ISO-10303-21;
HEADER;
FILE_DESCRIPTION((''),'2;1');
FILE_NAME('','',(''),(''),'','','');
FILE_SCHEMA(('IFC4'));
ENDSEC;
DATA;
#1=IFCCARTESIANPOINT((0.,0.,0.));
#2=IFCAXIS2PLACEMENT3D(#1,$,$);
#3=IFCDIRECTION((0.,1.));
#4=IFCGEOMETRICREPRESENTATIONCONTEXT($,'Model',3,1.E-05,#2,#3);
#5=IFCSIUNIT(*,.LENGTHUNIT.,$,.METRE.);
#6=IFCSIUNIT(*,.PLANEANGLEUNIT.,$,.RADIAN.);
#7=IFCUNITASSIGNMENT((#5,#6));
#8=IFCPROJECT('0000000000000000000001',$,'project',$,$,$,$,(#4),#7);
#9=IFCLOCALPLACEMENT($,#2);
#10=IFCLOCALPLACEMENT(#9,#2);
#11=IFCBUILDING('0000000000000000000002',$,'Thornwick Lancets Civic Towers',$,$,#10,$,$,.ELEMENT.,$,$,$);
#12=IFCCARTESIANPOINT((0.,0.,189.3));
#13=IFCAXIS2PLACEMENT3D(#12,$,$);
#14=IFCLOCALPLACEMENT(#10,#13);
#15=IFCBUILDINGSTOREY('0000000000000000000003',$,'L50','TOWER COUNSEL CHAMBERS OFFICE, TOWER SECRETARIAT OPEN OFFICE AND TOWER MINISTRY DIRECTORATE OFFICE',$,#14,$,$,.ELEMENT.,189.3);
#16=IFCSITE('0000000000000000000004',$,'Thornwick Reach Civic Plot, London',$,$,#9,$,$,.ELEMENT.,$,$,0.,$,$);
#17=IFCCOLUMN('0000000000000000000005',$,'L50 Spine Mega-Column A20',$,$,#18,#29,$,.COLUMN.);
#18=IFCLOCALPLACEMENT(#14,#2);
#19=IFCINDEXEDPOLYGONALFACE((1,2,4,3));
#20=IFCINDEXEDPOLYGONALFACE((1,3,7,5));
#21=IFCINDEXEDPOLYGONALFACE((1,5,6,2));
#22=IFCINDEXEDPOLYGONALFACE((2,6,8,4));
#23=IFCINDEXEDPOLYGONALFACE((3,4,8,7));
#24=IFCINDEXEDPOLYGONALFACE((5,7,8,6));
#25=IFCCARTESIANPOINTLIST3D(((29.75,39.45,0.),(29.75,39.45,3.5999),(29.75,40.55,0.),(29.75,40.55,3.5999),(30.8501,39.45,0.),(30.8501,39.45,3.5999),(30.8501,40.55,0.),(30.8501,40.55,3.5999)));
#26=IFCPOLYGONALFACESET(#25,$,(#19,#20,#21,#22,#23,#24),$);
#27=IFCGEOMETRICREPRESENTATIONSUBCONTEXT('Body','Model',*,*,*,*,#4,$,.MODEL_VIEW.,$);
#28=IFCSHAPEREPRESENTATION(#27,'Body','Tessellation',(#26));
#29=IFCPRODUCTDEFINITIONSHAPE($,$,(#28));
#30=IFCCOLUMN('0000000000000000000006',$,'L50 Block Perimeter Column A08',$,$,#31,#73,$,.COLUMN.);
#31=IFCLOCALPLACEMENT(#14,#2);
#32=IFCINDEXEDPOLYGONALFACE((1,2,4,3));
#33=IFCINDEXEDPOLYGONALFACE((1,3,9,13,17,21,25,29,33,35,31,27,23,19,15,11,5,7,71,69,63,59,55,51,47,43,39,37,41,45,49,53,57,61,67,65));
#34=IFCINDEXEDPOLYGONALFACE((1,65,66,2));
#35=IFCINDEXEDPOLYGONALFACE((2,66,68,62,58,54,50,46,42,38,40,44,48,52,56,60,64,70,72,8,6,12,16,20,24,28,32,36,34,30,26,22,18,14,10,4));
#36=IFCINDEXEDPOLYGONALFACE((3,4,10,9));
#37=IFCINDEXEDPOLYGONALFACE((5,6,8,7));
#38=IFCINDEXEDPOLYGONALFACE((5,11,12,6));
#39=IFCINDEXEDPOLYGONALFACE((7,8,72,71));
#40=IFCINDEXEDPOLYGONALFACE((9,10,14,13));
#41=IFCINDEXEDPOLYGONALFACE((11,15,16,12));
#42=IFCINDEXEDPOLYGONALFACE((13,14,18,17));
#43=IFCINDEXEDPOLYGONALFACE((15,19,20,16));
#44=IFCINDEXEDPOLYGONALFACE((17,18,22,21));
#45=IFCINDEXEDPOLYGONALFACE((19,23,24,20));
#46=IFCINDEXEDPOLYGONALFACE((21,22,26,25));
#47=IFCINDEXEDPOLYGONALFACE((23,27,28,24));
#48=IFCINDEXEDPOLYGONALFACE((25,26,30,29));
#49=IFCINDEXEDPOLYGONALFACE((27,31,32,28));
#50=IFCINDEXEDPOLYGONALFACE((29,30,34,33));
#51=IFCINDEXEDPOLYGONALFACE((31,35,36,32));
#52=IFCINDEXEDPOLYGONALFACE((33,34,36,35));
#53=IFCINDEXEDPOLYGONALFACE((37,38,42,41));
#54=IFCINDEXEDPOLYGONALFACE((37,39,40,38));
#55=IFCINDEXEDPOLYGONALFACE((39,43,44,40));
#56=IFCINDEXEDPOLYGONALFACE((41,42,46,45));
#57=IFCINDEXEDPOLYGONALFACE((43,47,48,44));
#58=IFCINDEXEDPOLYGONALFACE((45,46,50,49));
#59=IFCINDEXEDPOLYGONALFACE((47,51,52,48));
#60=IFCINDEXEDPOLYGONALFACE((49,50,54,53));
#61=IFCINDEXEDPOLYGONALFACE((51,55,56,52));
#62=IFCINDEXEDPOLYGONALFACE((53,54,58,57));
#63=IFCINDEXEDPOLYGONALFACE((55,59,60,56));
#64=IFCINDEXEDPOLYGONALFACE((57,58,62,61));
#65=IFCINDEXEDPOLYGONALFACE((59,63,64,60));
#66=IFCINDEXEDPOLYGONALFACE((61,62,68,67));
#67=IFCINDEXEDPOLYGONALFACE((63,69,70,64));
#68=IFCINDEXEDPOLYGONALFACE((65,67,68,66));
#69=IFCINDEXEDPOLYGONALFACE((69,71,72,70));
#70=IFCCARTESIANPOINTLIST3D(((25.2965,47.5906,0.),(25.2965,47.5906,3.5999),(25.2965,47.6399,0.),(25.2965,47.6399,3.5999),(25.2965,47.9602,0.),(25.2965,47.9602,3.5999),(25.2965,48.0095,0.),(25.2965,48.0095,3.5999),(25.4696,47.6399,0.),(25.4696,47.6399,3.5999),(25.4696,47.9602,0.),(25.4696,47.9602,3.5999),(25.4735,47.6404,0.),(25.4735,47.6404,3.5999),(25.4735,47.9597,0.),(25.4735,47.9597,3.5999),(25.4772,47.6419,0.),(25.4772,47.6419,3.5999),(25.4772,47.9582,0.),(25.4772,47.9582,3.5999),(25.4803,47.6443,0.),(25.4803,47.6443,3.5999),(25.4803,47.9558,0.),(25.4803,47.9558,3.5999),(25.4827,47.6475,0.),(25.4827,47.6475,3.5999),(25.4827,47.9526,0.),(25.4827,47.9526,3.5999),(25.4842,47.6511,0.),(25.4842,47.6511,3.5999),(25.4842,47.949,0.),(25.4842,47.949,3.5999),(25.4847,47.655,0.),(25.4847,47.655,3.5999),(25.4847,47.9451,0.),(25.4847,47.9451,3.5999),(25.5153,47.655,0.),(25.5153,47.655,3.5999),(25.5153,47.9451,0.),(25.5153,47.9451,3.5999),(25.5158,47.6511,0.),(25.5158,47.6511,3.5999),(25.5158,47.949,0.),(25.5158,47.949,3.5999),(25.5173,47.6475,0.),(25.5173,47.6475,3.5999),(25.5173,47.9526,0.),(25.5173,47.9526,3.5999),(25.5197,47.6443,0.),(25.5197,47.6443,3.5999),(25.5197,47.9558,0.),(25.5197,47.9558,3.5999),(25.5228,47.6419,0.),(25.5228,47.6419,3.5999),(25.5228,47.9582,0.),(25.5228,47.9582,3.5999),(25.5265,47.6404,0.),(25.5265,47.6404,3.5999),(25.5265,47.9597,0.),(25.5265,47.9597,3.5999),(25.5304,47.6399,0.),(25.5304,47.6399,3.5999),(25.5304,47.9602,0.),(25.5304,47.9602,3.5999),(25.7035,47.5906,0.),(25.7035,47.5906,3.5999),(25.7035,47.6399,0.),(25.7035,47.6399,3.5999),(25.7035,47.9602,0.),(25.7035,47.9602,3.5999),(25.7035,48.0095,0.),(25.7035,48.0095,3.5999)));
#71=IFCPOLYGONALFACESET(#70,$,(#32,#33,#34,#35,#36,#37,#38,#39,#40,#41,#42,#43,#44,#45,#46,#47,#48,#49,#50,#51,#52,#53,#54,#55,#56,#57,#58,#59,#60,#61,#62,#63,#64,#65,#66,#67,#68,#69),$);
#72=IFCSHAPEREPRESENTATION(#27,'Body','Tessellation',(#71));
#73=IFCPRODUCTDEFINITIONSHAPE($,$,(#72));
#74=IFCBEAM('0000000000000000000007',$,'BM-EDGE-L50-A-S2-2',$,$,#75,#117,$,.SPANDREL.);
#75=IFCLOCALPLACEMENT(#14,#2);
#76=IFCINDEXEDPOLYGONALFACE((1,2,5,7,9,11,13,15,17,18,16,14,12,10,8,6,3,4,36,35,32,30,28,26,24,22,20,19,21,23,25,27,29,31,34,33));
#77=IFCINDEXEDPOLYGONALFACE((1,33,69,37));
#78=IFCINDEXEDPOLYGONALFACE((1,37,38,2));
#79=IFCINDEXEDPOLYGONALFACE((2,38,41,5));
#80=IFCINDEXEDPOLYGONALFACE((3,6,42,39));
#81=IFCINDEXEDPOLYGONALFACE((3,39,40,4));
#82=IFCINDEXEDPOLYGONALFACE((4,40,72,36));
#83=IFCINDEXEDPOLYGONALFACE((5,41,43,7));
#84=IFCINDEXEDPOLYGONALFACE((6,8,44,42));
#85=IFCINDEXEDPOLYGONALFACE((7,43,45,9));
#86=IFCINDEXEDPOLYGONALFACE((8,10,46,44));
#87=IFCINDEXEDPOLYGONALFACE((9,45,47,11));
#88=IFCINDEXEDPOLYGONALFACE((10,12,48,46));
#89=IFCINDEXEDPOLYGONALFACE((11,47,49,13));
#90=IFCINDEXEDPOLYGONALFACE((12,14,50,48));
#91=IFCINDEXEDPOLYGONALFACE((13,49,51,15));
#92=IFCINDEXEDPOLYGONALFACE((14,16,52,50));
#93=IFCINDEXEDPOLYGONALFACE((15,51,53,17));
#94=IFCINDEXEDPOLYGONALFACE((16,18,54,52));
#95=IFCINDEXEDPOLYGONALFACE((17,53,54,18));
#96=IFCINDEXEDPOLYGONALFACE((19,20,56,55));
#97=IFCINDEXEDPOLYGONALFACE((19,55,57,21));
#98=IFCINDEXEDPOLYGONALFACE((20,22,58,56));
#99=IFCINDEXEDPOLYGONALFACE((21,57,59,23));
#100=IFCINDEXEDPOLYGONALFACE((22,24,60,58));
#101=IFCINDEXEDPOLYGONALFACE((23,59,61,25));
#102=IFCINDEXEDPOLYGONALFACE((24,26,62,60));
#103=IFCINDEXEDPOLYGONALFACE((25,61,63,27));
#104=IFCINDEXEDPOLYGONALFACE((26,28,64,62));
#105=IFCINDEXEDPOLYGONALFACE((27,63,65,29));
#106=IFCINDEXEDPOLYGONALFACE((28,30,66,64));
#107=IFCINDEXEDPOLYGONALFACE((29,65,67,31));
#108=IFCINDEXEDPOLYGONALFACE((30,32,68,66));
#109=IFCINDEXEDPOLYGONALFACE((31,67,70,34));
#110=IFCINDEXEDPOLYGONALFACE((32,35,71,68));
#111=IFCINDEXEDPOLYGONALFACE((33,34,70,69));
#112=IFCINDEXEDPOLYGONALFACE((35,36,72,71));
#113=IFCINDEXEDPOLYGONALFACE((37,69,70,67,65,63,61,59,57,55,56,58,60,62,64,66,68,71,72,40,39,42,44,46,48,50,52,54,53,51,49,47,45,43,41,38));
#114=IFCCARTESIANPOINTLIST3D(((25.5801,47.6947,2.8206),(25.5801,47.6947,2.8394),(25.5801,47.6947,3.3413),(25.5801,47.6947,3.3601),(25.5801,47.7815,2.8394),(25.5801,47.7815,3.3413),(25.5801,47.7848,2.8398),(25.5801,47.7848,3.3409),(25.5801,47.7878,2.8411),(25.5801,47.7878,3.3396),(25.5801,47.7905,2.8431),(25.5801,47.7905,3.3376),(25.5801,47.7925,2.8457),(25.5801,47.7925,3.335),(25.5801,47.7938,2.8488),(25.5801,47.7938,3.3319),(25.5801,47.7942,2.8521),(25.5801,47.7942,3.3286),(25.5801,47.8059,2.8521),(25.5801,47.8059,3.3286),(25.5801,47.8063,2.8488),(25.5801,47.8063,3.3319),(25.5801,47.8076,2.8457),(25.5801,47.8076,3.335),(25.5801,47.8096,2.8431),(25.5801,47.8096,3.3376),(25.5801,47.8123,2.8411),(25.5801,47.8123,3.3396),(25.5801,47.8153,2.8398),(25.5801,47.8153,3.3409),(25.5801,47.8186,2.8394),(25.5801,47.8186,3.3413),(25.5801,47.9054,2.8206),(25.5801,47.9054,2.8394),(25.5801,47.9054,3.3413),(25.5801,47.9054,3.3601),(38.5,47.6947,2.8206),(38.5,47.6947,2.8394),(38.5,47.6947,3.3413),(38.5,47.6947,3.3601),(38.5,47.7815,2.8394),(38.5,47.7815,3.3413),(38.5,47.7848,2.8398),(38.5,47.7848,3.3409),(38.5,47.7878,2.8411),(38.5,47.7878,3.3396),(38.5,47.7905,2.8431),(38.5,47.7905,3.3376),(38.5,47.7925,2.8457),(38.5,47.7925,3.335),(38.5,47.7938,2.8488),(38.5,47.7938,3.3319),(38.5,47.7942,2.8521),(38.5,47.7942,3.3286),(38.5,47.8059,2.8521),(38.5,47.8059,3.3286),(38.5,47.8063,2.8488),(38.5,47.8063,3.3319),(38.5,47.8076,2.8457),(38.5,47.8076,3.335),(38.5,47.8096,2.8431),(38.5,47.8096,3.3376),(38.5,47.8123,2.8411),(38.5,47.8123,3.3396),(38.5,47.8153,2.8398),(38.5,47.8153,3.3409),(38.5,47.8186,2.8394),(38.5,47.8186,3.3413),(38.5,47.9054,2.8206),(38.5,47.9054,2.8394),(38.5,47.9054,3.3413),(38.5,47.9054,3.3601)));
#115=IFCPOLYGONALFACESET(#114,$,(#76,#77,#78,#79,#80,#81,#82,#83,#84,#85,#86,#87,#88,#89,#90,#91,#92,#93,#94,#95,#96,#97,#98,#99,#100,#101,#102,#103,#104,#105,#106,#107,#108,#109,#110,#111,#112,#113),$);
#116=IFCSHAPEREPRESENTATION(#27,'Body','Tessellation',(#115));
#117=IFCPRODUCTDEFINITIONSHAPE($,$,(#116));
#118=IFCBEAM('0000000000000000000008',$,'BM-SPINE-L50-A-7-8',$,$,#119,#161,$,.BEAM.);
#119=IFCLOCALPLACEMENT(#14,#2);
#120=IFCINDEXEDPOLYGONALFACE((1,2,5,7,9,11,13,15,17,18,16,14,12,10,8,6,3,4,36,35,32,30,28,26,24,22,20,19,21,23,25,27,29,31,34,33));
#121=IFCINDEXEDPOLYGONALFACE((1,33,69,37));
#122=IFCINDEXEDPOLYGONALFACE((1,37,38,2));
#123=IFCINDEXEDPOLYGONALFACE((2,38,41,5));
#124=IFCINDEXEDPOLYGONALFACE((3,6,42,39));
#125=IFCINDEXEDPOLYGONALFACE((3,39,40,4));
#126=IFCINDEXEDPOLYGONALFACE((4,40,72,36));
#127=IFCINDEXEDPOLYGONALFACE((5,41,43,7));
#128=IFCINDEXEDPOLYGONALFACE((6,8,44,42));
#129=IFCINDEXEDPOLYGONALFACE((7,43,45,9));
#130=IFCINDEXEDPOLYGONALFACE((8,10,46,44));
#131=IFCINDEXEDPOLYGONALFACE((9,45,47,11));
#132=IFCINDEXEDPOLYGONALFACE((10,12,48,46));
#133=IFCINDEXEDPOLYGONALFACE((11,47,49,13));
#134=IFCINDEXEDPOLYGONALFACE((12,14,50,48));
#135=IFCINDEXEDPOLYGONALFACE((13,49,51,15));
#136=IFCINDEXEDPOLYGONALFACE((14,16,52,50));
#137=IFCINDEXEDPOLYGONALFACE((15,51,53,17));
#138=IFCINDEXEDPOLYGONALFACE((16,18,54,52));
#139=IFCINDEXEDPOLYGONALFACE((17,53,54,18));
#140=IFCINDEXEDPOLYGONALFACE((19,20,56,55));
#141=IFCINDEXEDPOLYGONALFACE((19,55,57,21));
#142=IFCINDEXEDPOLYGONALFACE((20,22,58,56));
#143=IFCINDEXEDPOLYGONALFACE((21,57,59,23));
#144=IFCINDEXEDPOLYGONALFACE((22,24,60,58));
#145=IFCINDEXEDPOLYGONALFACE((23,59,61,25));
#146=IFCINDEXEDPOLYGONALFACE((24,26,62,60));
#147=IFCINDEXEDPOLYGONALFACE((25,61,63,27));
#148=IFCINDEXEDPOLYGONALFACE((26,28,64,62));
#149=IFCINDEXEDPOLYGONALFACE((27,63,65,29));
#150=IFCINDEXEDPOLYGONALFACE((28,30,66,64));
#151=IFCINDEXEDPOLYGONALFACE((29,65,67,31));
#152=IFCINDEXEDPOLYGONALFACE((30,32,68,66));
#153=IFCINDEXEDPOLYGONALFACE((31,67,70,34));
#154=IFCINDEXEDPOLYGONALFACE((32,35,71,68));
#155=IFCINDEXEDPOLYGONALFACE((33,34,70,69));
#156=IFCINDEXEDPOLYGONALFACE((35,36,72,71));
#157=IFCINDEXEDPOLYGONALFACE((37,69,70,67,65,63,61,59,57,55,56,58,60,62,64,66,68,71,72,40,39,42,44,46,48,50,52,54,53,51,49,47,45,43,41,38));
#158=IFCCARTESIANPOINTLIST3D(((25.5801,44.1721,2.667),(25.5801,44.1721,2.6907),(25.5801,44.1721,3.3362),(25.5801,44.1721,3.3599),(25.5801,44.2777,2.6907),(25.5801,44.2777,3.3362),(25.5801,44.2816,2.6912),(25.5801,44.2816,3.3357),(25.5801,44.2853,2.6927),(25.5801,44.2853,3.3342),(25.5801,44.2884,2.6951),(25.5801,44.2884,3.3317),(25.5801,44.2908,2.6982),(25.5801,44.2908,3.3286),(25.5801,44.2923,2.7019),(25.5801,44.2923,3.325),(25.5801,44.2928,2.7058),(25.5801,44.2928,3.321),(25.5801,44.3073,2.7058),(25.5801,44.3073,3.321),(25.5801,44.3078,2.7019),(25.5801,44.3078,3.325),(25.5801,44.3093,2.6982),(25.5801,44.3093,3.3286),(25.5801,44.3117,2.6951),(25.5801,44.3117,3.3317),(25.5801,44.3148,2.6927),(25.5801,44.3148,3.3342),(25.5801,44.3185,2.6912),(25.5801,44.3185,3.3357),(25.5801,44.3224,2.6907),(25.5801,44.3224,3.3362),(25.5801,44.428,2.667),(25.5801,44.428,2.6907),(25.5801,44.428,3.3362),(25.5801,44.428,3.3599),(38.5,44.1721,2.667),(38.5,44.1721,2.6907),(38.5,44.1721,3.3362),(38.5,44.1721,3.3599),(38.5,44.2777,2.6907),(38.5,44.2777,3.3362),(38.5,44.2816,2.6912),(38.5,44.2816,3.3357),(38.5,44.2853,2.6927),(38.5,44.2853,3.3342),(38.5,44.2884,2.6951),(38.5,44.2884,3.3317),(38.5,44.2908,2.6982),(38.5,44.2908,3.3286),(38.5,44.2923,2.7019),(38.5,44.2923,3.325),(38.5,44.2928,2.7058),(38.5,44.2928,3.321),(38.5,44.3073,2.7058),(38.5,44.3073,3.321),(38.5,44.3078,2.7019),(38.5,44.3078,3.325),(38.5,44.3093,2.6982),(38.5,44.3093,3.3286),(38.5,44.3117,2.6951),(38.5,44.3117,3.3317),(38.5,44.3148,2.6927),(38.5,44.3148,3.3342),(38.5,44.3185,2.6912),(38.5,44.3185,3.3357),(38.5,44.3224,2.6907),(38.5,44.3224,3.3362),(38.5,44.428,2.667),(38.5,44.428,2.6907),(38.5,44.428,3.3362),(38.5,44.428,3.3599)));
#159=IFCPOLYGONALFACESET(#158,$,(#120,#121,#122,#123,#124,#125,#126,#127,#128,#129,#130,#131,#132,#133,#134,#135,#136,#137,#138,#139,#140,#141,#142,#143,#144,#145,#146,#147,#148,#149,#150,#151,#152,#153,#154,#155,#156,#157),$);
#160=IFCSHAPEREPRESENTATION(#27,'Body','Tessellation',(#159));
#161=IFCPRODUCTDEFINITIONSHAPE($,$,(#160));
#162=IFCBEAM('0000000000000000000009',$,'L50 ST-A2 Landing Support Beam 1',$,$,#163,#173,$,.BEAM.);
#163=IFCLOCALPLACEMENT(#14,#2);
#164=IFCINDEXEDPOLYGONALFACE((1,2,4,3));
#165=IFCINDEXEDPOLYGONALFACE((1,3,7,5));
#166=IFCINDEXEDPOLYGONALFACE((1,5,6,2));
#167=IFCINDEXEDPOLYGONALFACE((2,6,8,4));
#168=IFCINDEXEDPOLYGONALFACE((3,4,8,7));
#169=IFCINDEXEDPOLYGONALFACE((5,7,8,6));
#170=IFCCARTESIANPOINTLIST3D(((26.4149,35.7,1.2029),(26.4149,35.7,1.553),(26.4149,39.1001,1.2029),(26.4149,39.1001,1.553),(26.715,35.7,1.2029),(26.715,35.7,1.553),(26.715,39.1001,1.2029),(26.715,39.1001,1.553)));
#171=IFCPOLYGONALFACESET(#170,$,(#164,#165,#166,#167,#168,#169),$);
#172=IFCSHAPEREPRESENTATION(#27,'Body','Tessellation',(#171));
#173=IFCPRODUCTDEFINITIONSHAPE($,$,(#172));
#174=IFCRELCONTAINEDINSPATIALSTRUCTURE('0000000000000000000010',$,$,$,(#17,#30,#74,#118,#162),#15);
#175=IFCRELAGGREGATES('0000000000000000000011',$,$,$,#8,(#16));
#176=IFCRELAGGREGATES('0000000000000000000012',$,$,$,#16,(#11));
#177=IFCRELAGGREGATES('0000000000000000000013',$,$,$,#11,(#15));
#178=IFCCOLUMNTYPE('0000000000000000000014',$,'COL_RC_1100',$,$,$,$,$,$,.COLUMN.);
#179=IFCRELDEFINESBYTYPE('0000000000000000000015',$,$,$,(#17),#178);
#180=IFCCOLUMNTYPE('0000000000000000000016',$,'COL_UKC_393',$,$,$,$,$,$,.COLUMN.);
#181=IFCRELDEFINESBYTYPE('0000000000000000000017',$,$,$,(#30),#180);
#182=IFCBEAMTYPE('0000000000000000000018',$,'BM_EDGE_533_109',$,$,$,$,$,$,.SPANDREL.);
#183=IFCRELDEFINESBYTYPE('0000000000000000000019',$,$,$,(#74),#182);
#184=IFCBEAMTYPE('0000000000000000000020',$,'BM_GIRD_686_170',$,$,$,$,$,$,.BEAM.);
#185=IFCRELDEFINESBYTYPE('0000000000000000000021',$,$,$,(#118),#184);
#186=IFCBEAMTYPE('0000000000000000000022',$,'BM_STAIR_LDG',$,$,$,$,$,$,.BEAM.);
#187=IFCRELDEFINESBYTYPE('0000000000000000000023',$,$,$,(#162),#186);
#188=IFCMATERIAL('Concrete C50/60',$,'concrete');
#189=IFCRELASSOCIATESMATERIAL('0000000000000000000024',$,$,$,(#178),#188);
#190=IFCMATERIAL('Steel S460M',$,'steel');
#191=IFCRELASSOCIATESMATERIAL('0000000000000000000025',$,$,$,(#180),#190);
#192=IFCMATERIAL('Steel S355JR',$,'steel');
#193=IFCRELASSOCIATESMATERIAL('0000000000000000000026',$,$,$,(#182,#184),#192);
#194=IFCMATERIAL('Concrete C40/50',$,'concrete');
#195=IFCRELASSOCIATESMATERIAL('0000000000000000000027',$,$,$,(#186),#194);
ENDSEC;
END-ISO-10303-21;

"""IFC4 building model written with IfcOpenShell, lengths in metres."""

from ifc_helpers import new_model, si_unit, direction, frame, origin, origin_2d, place, context, subcontext, project, spatial, rectangle, i_section, extrude, material, material_profile, profile_set, type_object, element, save


model = new_model("IFC4")

# Units and contexts
model_context = context("Model", 3, precision=1e-05, world=origin(), true_north=direction((0.0, 1.0)))
body_context = subcontext(model_context, "Body", "Model", "MODEL_VIEW")
ifc_project = project(units=[si_unit("LENGTHUNIT", "METRE"), si_unit("PLANEANGLEUNIT", "RADIAN")], contexts=[model_context])

# Site, building, storey
site_placement = place(None, origin())
site = spatial("IfcSite", under=ifc_project, at=site_placement, Name="Thornwick Reach Civic Plot, London", CompositionType="ELEMENT", RefElevation=0.0)
building_placement = place(site_placement, origin())
building = spatial("IfcBuilding", under=site, at=building_placement, Name="Thornwick Lancets Civic Towers", CompositionType="ELEMENT")
storey_placement = place(building_placement, frame((0.0, 0.0, 189.3)))
storey = spatial("IfcBuildingStorey", under=building, at=storey_placement, Name="L50", Description="TOWER COUNSEL CHAMBERS OFFICE, TOWER SECRETARIAT OPEN OFFICE AND TOWER MINISTRY DIRECTORATE OFFICE", CompositionType="ELEMENT", Elevation=189.3)

# Columns
ifc_material_1 = material(Name="Concrete C50/60", Category="concrete")
ifc_material_profile_1 = material_profile(ifc_material_1, rectangle(XDim=1.1001, YDim=1.1001, at=origin_2d()), Name="RC 1100x1100")
ifc_profile_set_1 = profile_set([ifc_material_profile_1], Name="Concrete C50/60")
column_type_1 = type_object("IfcColumnType", Name="COL_RC_1100", PredefinedType="COLUMN", material=ifc_profile_set_1)
column_1_placement = place(storey_placement, frame((30.3, 40.0, 0.0), z_axis=(0.0, 0.0, 1.0), x_axis=(1.0, 0.0, 0.0)))
element("IfcColumn", 1, at=column_1_placement, inside=storey, type_object=column_type_1, Name="L50 Spine Mega-Column A20", PredefinedType="COLUMN", context=body_context, shape_type="SweptSolid", body=[
    extrude(rectangle(XDim=1.1001, YDim=1.1001, at=origin_2d()), origin(), (0.0, 0.0, 1.0), 3.5999),
])
ifc_material_2 = material(Name="Steel S460M", Category="steel")
ifc_material_profile_2 = material_profile(ifc_material_2, i_section(OverallWidth=0.407, OverallDepth=0.4189, WebThickness=0.0305, FlangeThickness=0.0493, FilletRadius=0.0151, at=origin_2d()), Name="UKC 356x406x393")
ifc_profile_set_2 = profile_set([ifc_material_profile_2], Name="Steel S460M")
column_type_2 = type_object("IfcColumnType", Name="COL_UKC_393", PredefinedType="COLUMN", material=ifc_profile_set_2)
column_2_placement = place(storey_placement, frame((25.5, 47.8, 0.0), z_axis=(0.0, 0.0, 1.0), x_axis=(1.0, 0.0, 0.0)))
element("IfcColumn", 2, at=column_2_placement, inside=storey, type_object=column_type_2, Name="L50 Block Perimeter Column A08", PredefinedType="COLUMN", context=body_context, shape_type="SweptSolid", body=[
    extrude(i_section(OverallWidth=0.407, OverallDepth=0.4189, WebThickness=0.0305, FlangeThickness=0.0493, FilletRadius=0.0151, at=origin_2d()), origin(), (0.0, 0.0, 1.0), 3.5999),
])

# Beams
ifc_material_3 = material(Name="Steel S355JR", Category="steel")
ifc_material_profile_3 = material_profile(ifc_material_3, i_section(OverallWidth=0.2107, OverallDepth=0.5396, WebThickness=0.0117, FlangeThickness=0.0188, FilletRadius=0.0127, at=origin_2d()), Name="UKB 533x210x109")
ifc_profile_set_3 = profile_set([ifc_material_profile_3], Name="Steel S355JR")
beam_type_1 = type_object("IfcBeamType", Name="BM_EDGE_533_109", PredefinedType="SPANDREL", material=ifc_profile_set_3)
beam_1_placement = place(storey_placement, frame((25.5801, 47.8, 3.0903), z_axis=(1.0, 0.0, 0.0), x_axis=(0.0, 1.0, 0.0)))
element("IfcBeam", 3, at=beam_1_placement, inside=storey, type_object=beam_type_1, Name="BM-EDGE-L50-A-S2-2", PredefinedType="SPANDREL", context=body_context, shape_type="SweptSolid", body=[
    extrude(i_section(OverallWidth=0.2107, OverallDepth=0.5396, WebThickness=0.0117, FlangeThickness=0.0188, FilletRadius=0.0127, at=origin_2d()), origin(), (0.0, 0.0, 1.0), 12.9199),
])
ifc_material_profile_4 = material_profile(ifc_material_3, i_section(OverallWidth=0.2559, OverallDepth=0.6929, WebThickness=0.0144, FlangeThickness=0.0237, FilletRadius=0.0151, at=origin_2d()), Name="UKB 686x254x170")
ifc_profile_set_4 = profile_set([ifc_material_profile_4], Name="Steel S355JR")
beam_type_2 = type_object("IfcBeamType", Name="BM_GIRD_686_170", PredefinedType="BEAM", material=ifc_profile_set_4)
beam_2_placement = place(storey_placement, frame((25.5801, 44.3, 3.0134), z_axis=(1.0, 0.0, 0.0), x_axis=(0.0, 1.0, 0.0)))
element("IfcBeam", 4, at=beam_2_placement, inside=storey, type_object=beam_type_2, Name="BM-SPINE-L50-A-7-8", PredefinedType="BEAM", context=body_context, shape_type="SweptSolid", body=[
    extrude(i_section(OverallWidth=0.2559, OverallDepth=0.6929, WebThickness=0.0144, FlangeThickness=0.0237, FilletRadius=0.0151, at=origin_2d()), origin(), (0.0, 0.0, 1.0), 12.9199),
])
ifc_material_4 = material(Name="Concrete C40/50", Category="concrete")
ifc_material_profile_5 = material_profile(ifc_material_4, rectangle(XDim=0.3, YDim=0.3501, at=origin_2d()), Name="RC 300x350")
ifc_profile_set_5 = profile_set([ifc_material_profile_5], Name="Concrete C40/50")
beam_type_3 = type_object("IfcBeamType", Name="BM_STAIR_LDG", PredefinedType="BEAM", material=ifc_profile_set_5)
beam_3_placement = place(storey_placement, frame((26.5649, 39.1001, 1.3779), z_axis=(0.0, -1.0, 0.0), x_axis=(1.0, 0.0, 0.0)))
element("IfcBeam", 5, at=beam_3_placement, inside=storey, type_object=beam_type_3, Name="L50 ST-A2 Landing Support Beam 1", PredefinedType="BEAM", context=body_context, shape_type="SweptSolid", body=[
    extrude(rectangle(XDim=0.3, YDim=0.3501, at=origin_2d()), origin(), (0.0, 0.0, 1.0), 3.4001),
])

save(model, "model.ifc")
